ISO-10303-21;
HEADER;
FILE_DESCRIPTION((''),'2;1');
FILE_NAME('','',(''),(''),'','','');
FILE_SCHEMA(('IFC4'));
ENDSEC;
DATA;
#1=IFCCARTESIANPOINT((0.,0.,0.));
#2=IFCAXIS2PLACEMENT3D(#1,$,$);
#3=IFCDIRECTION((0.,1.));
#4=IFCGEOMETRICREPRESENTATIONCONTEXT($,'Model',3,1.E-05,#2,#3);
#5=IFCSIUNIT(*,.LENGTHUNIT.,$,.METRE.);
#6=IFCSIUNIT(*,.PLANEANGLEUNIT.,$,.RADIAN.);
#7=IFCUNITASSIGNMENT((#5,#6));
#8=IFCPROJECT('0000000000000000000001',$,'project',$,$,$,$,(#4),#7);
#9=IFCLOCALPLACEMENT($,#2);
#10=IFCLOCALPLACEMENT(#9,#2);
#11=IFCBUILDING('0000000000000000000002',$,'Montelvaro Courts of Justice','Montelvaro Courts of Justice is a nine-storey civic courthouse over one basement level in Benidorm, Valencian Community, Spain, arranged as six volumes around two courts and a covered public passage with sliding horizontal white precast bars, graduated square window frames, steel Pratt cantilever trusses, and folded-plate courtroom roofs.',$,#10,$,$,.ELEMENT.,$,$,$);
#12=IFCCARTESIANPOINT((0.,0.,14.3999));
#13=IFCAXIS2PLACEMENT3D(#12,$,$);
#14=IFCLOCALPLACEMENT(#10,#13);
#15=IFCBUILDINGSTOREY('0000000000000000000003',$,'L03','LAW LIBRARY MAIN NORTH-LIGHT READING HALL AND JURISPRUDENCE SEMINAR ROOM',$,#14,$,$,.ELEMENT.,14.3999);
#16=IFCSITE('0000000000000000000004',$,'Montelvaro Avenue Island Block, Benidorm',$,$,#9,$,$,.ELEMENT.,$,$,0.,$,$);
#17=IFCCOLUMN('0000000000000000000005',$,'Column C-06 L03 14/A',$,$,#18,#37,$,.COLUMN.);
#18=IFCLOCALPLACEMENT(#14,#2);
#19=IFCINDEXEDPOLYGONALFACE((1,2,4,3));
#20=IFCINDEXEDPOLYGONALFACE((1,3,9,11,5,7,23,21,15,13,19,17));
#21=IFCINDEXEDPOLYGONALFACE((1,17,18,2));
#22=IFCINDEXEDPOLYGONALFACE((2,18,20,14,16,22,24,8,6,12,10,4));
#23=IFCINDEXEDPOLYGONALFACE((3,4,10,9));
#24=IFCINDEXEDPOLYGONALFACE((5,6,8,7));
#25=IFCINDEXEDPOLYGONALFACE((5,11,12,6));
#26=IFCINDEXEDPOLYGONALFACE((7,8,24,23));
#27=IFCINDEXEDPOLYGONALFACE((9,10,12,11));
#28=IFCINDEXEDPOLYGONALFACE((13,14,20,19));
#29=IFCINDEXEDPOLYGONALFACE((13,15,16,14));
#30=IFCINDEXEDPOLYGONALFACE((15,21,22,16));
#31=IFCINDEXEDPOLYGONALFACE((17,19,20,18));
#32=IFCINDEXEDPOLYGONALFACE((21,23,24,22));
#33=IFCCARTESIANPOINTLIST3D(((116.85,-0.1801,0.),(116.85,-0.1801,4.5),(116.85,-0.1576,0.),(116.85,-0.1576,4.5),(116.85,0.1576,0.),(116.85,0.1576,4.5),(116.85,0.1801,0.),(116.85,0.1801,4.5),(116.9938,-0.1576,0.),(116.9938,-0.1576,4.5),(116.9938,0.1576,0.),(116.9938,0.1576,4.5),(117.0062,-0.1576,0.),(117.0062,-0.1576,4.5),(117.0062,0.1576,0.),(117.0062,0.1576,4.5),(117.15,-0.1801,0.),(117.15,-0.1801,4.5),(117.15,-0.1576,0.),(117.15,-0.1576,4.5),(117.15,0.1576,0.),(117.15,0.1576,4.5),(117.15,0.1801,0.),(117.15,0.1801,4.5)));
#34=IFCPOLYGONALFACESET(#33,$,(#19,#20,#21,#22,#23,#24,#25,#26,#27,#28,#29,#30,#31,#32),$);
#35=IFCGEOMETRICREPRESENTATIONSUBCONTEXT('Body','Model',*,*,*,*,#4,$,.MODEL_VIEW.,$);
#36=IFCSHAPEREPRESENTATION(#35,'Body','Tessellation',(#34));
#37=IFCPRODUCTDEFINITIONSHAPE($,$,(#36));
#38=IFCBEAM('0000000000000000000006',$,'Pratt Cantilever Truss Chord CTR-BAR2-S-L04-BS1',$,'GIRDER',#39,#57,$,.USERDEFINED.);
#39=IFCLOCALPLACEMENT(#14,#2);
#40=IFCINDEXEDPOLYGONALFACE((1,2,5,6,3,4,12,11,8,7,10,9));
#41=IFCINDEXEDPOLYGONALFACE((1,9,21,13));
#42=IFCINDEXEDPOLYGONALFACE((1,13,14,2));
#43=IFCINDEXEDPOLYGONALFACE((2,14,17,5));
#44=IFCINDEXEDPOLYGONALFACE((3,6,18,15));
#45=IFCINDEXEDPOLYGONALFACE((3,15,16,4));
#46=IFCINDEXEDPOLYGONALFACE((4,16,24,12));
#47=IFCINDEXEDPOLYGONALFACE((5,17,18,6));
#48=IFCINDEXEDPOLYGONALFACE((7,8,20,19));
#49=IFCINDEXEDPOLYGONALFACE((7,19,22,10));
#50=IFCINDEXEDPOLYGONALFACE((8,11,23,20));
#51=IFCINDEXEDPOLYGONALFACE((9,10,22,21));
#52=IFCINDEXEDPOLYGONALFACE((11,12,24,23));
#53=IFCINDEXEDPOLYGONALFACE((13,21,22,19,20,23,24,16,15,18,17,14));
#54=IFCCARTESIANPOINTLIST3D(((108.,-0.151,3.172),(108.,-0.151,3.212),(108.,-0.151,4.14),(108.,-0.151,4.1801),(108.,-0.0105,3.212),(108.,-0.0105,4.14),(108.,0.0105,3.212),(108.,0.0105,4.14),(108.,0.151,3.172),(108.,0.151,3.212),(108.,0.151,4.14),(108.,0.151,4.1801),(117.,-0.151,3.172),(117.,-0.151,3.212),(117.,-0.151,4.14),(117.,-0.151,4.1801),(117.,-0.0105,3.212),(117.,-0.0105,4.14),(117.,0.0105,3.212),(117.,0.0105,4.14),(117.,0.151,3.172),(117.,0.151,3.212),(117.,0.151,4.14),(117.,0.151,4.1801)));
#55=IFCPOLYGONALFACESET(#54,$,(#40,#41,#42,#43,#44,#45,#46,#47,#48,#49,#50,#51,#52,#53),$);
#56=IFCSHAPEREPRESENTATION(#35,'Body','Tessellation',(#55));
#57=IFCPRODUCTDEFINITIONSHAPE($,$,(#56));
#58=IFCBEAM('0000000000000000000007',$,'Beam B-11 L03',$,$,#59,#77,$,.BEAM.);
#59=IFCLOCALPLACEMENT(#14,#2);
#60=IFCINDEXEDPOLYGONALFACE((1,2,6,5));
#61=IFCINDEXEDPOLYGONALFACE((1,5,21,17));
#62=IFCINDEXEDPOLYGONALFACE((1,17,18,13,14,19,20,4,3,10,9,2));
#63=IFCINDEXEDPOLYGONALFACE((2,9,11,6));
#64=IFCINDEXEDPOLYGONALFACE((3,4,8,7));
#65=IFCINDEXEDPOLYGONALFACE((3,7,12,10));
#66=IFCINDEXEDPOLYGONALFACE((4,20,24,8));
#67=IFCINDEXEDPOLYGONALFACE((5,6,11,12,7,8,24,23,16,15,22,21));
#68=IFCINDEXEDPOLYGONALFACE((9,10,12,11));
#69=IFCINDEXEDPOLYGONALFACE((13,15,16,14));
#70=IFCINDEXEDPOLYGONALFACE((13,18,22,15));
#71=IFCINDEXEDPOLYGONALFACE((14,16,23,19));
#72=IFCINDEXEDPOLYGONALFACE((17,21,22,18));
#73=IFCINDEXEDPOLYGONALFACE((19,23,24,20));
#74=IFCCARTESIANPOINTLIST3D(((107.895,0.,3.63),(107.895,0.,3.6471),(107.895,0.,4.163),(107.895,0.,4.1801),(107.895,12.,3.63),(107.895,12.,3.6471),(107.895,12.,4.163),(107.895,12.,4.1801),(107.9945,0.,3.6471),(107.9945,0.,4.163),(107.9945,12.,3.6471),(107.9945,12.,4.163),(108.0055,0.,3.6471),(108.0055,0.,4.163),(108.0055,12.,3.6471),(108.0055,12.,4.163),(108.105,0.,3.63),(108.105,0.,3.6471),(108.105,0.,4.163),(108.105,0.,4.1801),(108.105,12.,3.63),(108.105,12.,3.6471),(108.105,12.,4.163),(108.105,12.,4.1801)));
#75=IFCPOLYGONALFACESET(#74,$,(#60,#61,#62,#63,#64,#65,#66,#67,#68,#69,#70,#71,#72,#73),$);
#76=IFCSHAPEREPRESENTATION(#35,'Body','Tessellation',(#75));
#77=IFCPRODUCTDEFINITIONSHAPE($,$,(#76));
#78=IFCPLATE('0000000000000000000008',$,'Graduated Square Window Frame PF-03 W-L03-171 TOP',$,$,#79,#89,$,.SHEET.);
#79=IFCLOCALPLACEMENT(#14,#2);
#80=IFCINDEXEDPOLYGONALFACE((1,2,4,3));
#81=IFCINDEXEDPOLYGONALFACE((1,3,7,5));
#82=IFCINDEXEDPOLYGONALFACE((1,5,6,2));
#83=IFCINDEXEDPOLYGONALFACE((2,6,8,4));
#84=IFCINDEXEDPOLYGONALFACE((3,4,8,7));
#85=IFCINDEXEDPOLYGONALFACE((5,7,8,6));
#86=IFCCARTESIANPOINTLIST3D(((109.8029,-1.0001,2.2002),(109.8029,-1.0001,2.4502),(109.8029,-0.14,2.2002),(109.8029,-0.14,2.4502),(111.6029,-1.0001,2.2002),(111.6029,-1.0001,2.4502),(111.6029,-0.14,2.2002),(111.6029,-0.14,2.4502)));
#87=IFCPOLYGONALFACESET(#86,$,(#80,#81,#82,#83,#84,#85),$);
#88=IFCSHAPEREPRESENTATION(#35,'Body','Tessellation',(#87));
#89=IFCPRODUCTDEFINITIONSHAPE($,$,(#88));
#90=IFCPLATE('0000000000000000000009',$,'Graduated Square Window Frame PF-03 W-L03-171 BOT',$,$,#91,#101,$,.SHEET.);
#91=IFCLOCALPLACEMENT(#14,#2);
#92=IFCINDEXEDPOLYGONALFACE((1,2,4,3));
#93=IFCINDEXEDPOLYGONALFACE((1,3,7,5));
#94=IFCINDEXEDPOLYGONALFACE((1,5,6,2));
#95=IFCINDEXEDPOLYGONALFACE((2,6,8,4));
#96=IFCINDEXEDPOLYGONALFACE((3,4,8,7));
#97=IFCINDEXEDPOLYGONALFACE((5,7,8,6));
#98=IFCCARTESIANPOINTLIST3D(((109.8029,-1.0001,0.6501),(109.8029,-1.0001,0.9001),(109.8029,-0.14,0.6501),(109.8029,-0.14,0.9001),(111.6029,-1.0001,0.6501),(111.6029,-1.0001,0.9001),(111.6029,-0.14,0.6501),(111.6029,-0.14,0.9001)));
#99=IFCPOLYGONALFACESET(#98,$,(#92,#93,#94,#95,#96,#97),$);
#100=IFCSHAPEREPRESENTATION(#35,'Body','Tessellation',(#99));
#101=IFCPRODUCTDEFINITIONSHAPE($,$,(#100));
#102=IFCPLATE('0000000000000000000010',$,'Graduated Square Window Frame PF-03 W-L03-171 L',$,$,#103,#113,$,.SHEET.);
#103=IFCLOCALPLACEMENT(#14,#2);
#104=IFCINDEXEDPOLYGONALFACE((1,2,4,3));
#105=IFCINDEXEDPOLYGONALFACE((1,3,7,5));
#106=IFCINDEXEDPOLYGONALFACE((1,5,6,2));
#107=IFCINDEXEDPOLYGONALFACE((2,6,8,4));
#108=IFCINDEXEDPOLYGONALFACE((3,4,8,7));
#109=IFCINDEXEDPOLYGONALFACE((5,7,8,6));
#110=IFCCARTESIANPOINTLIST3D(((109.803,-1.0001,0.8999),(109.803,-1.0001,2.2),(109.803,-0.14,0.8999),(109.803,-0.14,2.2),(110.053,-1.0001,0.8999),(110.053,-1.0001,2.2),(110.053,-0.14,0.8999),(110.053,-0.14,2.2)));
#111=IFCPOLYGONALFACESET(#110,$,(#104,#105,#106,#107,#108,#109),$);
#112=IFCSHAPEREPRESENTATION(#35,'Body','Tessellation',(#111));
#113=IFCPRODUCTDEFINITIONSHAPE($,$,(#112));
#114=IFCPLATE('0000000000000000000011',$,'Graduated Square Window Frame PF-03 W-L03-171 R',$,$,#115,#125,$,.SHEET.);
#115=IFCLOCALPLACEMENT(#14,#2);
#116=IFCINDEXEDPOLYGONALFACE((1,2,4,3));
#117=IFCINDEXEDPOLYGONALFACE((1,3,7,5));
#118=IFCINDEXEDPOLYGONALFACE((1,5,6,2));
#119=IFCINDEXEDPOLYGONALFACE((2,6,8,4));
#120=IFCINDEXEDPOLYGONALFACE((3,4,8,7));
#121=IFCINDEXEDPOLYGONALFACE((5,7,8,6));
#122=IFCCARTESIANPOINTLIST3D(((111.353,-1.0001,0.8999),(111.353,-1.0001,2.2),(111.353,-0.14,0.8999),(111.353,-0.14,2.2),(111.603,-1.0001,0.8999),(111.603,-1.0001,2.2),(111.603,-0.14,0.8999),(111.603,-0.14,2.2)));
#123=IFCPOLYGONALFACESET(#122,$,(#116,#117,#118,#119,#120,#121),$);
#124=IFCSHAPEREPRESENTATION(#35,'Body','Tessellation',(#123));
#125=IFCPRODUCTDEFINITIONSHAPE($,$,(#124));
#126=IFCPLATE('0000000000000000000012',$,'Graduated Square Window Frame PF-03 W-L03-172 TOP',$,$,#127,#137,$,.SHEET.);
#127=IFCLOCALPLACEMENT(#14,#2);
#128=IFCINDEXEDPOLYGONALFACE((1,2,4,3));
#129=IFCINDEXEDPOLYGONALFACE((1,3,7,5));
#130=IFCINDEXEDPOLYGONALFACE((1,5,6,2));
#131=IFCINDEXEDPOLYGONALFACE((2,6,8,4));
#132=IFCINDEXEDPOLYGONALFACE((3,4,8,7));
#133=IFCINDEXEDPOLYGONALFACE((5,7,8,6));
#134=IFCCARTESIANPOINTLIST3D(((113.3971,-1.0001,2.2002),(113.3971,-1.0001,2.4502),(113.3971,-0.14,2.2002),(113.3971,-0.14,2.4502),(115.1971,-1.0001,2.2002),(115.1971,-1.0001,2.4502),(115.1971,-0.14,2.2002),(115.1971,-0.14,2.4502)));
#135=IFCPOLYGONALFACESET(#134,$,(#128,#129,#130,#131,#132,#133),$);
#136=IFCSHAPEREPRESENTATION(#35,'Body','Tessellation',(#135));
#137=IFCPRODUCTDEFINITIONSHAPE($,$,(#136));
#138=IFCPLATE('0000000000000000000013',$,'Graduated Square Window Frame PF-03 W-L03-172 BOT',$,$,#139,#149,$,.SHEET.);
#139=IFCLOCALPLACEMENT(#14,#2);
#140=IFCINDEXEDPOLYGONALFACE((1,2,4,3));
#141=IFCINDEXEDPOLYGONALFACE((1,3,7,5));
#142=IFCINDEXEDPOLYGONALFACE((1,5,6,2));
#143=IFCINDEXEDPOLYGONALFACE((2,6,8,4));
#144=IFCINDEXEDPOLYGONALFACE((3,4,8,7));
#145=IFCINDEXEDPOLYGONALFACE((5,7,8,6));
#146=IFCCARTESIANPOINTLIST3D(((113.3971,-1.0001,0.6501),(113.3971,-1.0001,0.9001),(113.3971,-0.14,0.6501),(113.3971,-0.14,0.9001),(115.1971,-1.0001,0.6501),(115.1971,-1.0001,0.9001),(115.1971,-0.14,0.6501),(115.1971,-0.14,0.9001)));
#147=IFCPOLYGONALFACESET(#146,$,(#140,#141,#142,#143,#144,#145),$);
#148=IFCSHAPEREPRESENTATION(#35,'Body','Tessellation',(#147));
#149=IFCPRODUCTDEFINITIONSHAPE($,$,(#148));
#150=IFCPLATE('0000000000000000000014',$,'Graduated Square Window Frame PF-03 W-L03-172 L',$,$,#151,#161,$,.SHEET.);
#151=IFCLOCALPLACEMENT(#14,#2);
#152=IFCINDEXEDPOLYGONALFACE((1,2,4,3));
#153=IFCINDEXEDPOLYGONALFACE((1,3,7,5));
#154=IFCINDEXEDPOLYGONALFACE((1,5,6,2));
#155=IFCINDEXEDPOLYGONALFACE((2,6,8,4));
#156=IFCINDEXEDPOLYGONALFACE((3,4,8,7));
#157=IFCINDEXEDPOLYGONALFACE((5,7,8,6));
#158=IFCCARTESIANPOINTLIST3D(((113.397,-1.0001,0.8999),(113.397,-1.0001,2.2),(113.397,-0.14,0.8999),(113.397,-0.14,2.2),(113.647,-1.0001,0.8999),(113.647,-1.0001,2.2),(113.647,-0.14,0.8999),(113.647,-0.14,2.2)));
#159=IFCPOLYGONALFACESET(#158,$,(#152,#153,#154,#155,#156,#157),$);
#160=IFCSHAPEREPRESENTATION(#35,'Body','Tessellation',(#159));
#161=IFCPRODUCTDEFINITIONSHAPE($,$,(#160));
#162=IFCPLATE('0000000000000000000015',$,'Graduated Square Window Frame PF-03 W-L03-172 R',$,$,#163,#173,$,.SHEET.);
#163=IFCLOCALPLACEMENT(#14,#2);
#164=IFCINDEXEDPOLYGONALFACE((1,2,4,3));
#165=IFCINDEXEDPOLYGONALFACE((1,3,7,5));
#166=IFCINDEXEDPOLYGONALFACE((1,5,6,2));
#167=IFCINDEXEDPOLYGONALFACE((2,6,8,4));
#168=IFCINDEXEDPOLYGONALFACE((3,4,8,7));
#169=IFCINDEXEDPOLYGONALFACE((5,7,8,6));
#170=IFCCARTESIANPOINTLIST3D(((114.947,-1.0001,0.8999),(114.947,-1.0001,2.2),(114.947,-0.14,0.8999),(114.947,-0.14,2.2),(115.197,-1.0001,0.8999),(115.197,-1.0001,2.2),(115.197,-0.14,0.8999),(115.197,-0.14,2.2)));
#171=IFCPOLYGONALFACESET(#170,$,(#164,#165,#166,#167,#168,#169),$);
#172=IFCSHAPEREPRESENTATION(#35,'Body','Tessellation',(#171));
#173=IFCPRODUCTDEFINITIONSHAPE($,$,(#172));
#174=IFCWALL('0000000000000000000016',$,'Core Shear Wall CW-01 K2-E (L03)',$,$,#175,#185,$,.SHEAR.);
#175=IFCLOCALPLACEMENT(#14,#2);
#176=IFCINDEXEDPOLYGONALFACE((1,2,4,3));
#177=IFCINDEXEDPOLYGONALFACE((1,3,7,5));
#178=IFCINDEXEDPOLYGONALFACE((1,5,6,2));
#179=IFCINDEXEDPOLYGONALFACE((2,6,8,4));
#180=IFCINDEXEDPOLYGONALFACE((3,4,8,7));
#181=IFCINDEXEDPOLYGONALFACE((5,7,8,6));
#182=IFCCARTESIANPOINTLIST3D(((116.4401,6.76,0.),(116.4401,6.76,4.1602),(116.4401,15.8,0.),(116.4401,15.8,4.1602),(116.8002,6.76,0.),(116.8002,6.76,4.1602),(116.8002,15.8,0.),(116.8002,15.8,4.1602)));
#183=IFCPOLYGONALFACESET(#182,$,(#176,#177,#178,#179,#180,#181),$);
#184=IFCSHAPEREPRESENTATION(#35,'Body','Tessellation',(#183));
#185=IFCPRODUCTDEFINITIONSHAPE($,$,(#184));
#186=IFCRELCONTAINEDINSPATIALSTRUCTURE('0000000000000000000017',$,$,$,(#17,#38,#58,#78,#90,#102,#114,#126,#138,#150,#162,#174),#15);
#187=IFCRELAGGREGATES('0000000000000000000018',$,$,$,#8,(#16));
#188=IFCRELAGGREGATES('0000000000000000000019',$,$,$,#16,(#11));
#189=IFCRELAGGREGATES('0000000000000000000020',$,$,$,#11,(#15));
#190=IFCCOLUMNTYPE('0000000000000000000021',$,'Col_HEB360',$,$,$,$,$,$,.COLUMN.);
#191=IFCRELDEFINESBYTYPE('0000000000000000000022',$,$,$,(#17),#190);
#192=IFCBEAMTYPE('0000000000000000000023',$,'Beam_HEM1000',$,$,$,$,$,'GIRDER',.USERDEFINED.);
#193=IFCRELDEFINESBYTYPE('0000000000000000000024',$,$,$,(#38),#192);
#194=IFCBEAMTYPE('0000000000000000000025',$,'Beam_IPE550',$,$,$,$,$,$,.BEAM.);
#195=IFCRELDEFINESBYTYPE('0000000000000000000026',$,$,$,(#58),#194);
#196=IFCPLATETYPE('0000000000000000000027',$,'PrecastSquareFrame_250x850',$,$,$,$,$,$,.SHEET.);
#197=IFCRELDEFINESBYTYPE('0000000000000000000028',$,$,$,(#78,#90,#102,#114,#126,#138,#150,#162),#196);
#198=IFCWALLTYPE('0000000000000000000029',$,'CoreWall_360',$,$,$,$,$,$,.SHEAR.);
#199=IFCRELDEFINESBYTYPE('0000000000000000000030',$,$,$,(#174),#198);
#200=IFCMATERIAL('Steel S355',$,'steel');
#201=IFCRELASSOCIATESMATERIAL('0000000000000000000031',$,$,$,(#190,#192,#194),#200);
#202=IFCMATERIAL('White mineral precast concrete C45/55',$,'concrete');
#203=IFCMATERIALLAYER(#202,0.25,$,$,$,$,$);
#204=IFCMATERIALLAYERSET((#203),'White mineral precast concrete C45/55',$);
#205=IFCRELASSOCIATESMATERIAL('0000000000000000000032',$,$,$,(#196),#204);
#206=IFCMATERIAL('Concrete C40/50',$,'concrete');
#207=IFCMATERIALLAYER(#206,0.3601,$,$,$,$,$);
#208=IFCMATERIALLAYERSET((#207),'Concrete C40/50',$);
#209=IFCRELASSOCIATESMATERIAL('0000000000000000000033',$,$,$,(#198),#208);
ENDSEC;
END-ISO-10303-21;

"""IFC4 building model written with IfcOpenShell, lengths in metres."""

from ifc_helpers import new_model, si_unit, direction, frame, frame_2d, origin, origin_2d, place, context, subcontext, project, spatial, rectangle, i_section, extrude, material, layer, layer_set, material_profile, profile_set, type_object, element, save


model = new_model("IFC4")

# Units and contexts
model_context = context("Model", 3, precision=1e-05, world=origin(), true_north=direction((0.0, 1.0)))
body_context = subcontext(model_context, "Body", "Model", "MODEL_VIEW")
ifc_project = project(units=[si_unit("LENGTHUNIT", "METRE"), si_unit("PLANEANGLEUNIT", "RADIAN")], contexts=[model_context])

# Site, building, storey
site_placement = place(None, origin())
site = spatial("IfcSite", under=ifc_project, at=site_placement, Name="Montelvaro Avenue Island Block, Benidorm", CompositionType="ELEMENT", RefElevation=0.0)
building_placement = place(site_placement, origin())
building = spatial("IfcBuilding", under=site, at=building_placement, Name="Montelvaro Courts of Justice", Description="Montelvaro Courts of Justice is a nine-storey civic courthouse over one basement level in Benidorm, Valencian Community, Spain, arranged as six volumes around two courts and a covered public passage with sliding horizontal white precast bars, graduated square window frames, steel Pratt cantilever trusses, and folded-plate courtroom roofs.", CompositionType="ELEMENT")
storey_placement = place(building_placement, frame((0.0, 0.0, 14.3999)))
storey = spatial("IfcBuildingStorey", under=building, at=storey_placement, Name="L03", Description="LAW LIBRARY MAIN NORTH-LIGHT READING HALL AND JURISPRUDENCE SEMINAR ROOM", CompositionType="ELEMENT", Elevation=14.3999)

# Column
ifc_material_1 = material(Name="Steel S355", Category="steel")
ifc_material_profile_1 = material_profile(ifc_material_1, i_section(OverallWidth=0.3, OverallDepth=0.3601, WebThickness=0.0125, FlangeThickness=0.0225, at=origin_2d()), Name="HEB 360")
ifc_profile_set_1 = profile_set([ifc_material_profile_1], Name="Steel S355")
column_type = type_object("IfcColumnType", Name="Col_HEB360", PredefinedType="COLUMN", material=ifc_profile_set_1)
column_placement = place(storey_placement, frame((117.0, 0.0, 0.0), z_axis=(0.0, 0.0, 1.0), x_axis=(1.0, 0.0, 0.0)))
element("IfcColumn", 1, at=column_placement, inside=storey, type_object=column_type, Name="Column C-06 L03 14/A", PredefinedType="COLUMN", context=body_context, shape_type="SweptSolid", body=[
    extrude(i_section(OverallWidth=0.3, OverallDepth=0.3601, WebThickness=0.0125, FlangeThickness=0.0225, at=origin_2d()), origin(), (0.0, 0.0, 1.0), 4.5),
])

# Beams
ifc_material_profile_2 = material_profile(ifc_material_1, i_section(OverallWidth=0.302, OverallDepth=1.0081, WebThickness=0.021, FlangeThickness=0.04, at=origin_2d()), Name="HEM 1000")
ifc_profile_set_2 = profile_set([ifc_material_profile_2], Name="Steel S355")
beam_type_1 = type_object("IfcBeamType", Name="Beam_HEM1000", ElementType="GIRDER", PredefinedType="USERDEFINED", material=ifc_profile_set_2)
beam_1_placement = place(storey_placement, frame((108.0, 0.0, 3.676), z_axis=(1.0, 0.0, 0.0), x_axis=(0.0, 1.0, 0.0)))
element("IfcBeam", 2, at=beam_1_placement, inside=storey, type_object=beam_type_1, Name="Pratt Cantilever Truss Chord CTR-BAR2-S-L04-BS1", ObjectType="GIRDER", PredefinedType="USERDEFINED", context=body_context, shape_type="SweptSolid", body=[
    extrude(i_section(OverallWidth=0.302, OverallDepth=1.0081, WebThickness=0.021, FlangeThickness=0.04, at=origin_2d()), origin(), (0.0, 0.0, 1.0), 9.0),
])
ifc_material_profile_3 = material_profile(ifc_material_1, i_section(OverallWidth=0.21, OverallDepth=0.55, WebThickness=0.011, FlangeThickness=0.0171, at=origin_2d()), Name="IPE 550")
ifc_profile_set_3 = profile_set([ifc_material_profile_3], Name="Steel S355")
beam_type_2 = type_object("IfcBeamType", Name="Beam_IPE550", PredefinedType="BEAM", material=ifc_profile_set_3)
beam_2_placement = place(storey_placement, frame((108.0, 0.0, 3.905), z_axis=(0.0, 1.0, 0.0), x_axis=(-1.0, 0.0, 0.0)))
element("IfcBeam", 3, at=beam_2_placement, inside=storey, type_object=beam_type_2, Name="Beam B-11 L03", PredefinedType="BEAM", context=body_context, shape_type="SweptSolid", body=[
    extrude(i_section(OverallWidth=0.21, OverallDepth=0.55, WebThickness=0.011, FlangeThickness=0.0171, at=origin_2d()), origin(), (0.0, 0.0, 1.0), 12.0),
])

# Plates
ifc_material_2 = material(Name="White mineral precast concrete C45/55", Category="concrete")
ifc_layer_1 = layer(ifc_material_2, 0.25)
ifc_layer_set_1 = layer_set([ifc_layer_1], Name="White mineral precast concrete C45/55")
plate_type = type_object("IfcPlateType", Name="PrecastSquareFrame_250x850", PredefinedType="SHEET", material=ifc_layer_set_1)
for number, where, z_axis, x_axis, name in (
    (4, (110.7029, -0.5701, 2.2002), (0.0, 0.0, 1.0), (1.0, 0.0, 0.0), "Graduated Square Window Frame PF-03 W-L03-171 TOP"),
    (5, (110.7029, -0.5701, 0.6501), (0.0, 0.0, 1.0), (1.0, 0.0, 0.0), "Graduated Square Window Frame PF-03 W-L03-171 BOT"),
):
    element("IfcPlate", number, at=place(storey_placement, frame(where, z_axis=z_axis, x_axis=x_axis)), inside=storey, type_object=plate_type, Name=name, PredefinedType="SHEET", context=body_context, shape_type="SweptSolid", body=[
        extrude(rectangle(XDim=1.8, YDim=0.8601, at=origin_2d()), origin(), (0.0, 0.0, 1.0), 0.25),
    ])
for number, where, z_axis, x_axis, name in (
    (6, (109.928, -0.5701, 0.8999), (0.0, 0.0, 1.0), (1.0, 0.0, 0.0), "Graduated Square Window Frame PF-03 W-L03-171 L"),
    (7, (111.478, -0.5701, 0.8999), (0.0, 0.0, 1.0), (1.0, 0.0, 0.0), "Graduated Square Window Frame PF-03 W-L03-171 R"),
):
    element("IfcPlate", number, at=place(storey_placement, frame(where, z_axis=z_axis, x_axis=x_axis)), inside=storey, type_object=plate_type, Name=name, PredefinedType="SHEET", context=body_context, shape_type="SweptSolid", body=[
        extrude(rectangle(XDim=0.25, YDim=0.8601, at=origin_2d()), origin(), (0.0, 0.0, 1.0), 1.3),
    ])
for number, where, z_axis, x_axis, name in (
    (8, (114.2971, -0.5701, 2.2002), (0.0, 0.0, 1.0), (1.0, 0.0, 0.0), "Graduated Square Window Frame PF-03 W-L03-172 TOP"),
    (9, (114.2971, -0.5701, 0.6501), (0.0, 0.0, 1.0), (1.0, 0.0, 0.0), "Graduated Square Window Frame PF-03 W-L03-172 BOT"),
):
    element("IfcPlate", number, at=place(storey_placement, frame(where, z_axis=z_axis, x_axis=x_axis)), inside=storey, type_object=plate_type, Name=name, PredefinedType="SHEET", context=body_context, shape_type="SweptSolid", body=[
        extrude(rectangle(XDim=1.8, YDim=0.8601, at=origin_2d()), origin(), (0.0, 0.0, 1.0), 0.25),
    ])
for number, where, z_axis, x_axis, name in (
    (10, (113.522, -0.5701, 0.8999), (0.0, 0.0, 1.0), (1.0, 0.0, 0.0), "Graduated Square Window Frame PF-03 W-L03-172 L"),
    (11, (115.072, -0.5701, 0.8999), (0.0, 0.0, 1.0), (1.0, 0.0, 0.0), "Graduated Square Window Frame PF-03 W-L03-172 R"),
):
    element("IfcPlate", number, at=place(storey_placement, frame(where, z_axis=z_axis, x_axis=x_axis)), inside=storey, type_object=plate_type, Name=name, PredefinedType="SHEET", context=body_context, shape_type="SweptSolid", body=[
        extrude(rectangle(XDim=0.25, YDim=0.8601, at=origin_2d()), origin(), (0.0, 0.0, 1.0), 1.3),
    ])

# Wall
ifc_material_3 = material(Name="Concrete C40/50", Category="concrete")
ifc_layer_2 = layer(ifc_material_3, 0.3601)
ifc_layer_set_2 = layer_set([ifc_layer_2], Name="Concrete C40/50")
wall_type_1 = type_object("IfcWallType", Name="CoreWall_360", PredefinedType="SHEAR", material=ifc_layer_set_2)
wall_1_placement = place(storey_placement, frame((116.6201, 6.76, 0.0), z_axis=(0.0, 0.0, 1.0), x_axis=(0.0, 1.0, 0.0)))
element("IfcWall", 12, at=wall_1_placement, inside=storey, type_object=wall_type_1, Name="Core Shear Wall CW-01 K2-E (L03)", PredefinedType="SHEAR", context=body_context, shape_type="SweptSolid", body=[
    extrude(rectangle(XDim=9.04, YDim=0.3601, at=frame_2d((4.52, 0.0))), origin(), (0.0, 0.0, 1.0), 4.1602),
])

save(model, "model.ifc")
